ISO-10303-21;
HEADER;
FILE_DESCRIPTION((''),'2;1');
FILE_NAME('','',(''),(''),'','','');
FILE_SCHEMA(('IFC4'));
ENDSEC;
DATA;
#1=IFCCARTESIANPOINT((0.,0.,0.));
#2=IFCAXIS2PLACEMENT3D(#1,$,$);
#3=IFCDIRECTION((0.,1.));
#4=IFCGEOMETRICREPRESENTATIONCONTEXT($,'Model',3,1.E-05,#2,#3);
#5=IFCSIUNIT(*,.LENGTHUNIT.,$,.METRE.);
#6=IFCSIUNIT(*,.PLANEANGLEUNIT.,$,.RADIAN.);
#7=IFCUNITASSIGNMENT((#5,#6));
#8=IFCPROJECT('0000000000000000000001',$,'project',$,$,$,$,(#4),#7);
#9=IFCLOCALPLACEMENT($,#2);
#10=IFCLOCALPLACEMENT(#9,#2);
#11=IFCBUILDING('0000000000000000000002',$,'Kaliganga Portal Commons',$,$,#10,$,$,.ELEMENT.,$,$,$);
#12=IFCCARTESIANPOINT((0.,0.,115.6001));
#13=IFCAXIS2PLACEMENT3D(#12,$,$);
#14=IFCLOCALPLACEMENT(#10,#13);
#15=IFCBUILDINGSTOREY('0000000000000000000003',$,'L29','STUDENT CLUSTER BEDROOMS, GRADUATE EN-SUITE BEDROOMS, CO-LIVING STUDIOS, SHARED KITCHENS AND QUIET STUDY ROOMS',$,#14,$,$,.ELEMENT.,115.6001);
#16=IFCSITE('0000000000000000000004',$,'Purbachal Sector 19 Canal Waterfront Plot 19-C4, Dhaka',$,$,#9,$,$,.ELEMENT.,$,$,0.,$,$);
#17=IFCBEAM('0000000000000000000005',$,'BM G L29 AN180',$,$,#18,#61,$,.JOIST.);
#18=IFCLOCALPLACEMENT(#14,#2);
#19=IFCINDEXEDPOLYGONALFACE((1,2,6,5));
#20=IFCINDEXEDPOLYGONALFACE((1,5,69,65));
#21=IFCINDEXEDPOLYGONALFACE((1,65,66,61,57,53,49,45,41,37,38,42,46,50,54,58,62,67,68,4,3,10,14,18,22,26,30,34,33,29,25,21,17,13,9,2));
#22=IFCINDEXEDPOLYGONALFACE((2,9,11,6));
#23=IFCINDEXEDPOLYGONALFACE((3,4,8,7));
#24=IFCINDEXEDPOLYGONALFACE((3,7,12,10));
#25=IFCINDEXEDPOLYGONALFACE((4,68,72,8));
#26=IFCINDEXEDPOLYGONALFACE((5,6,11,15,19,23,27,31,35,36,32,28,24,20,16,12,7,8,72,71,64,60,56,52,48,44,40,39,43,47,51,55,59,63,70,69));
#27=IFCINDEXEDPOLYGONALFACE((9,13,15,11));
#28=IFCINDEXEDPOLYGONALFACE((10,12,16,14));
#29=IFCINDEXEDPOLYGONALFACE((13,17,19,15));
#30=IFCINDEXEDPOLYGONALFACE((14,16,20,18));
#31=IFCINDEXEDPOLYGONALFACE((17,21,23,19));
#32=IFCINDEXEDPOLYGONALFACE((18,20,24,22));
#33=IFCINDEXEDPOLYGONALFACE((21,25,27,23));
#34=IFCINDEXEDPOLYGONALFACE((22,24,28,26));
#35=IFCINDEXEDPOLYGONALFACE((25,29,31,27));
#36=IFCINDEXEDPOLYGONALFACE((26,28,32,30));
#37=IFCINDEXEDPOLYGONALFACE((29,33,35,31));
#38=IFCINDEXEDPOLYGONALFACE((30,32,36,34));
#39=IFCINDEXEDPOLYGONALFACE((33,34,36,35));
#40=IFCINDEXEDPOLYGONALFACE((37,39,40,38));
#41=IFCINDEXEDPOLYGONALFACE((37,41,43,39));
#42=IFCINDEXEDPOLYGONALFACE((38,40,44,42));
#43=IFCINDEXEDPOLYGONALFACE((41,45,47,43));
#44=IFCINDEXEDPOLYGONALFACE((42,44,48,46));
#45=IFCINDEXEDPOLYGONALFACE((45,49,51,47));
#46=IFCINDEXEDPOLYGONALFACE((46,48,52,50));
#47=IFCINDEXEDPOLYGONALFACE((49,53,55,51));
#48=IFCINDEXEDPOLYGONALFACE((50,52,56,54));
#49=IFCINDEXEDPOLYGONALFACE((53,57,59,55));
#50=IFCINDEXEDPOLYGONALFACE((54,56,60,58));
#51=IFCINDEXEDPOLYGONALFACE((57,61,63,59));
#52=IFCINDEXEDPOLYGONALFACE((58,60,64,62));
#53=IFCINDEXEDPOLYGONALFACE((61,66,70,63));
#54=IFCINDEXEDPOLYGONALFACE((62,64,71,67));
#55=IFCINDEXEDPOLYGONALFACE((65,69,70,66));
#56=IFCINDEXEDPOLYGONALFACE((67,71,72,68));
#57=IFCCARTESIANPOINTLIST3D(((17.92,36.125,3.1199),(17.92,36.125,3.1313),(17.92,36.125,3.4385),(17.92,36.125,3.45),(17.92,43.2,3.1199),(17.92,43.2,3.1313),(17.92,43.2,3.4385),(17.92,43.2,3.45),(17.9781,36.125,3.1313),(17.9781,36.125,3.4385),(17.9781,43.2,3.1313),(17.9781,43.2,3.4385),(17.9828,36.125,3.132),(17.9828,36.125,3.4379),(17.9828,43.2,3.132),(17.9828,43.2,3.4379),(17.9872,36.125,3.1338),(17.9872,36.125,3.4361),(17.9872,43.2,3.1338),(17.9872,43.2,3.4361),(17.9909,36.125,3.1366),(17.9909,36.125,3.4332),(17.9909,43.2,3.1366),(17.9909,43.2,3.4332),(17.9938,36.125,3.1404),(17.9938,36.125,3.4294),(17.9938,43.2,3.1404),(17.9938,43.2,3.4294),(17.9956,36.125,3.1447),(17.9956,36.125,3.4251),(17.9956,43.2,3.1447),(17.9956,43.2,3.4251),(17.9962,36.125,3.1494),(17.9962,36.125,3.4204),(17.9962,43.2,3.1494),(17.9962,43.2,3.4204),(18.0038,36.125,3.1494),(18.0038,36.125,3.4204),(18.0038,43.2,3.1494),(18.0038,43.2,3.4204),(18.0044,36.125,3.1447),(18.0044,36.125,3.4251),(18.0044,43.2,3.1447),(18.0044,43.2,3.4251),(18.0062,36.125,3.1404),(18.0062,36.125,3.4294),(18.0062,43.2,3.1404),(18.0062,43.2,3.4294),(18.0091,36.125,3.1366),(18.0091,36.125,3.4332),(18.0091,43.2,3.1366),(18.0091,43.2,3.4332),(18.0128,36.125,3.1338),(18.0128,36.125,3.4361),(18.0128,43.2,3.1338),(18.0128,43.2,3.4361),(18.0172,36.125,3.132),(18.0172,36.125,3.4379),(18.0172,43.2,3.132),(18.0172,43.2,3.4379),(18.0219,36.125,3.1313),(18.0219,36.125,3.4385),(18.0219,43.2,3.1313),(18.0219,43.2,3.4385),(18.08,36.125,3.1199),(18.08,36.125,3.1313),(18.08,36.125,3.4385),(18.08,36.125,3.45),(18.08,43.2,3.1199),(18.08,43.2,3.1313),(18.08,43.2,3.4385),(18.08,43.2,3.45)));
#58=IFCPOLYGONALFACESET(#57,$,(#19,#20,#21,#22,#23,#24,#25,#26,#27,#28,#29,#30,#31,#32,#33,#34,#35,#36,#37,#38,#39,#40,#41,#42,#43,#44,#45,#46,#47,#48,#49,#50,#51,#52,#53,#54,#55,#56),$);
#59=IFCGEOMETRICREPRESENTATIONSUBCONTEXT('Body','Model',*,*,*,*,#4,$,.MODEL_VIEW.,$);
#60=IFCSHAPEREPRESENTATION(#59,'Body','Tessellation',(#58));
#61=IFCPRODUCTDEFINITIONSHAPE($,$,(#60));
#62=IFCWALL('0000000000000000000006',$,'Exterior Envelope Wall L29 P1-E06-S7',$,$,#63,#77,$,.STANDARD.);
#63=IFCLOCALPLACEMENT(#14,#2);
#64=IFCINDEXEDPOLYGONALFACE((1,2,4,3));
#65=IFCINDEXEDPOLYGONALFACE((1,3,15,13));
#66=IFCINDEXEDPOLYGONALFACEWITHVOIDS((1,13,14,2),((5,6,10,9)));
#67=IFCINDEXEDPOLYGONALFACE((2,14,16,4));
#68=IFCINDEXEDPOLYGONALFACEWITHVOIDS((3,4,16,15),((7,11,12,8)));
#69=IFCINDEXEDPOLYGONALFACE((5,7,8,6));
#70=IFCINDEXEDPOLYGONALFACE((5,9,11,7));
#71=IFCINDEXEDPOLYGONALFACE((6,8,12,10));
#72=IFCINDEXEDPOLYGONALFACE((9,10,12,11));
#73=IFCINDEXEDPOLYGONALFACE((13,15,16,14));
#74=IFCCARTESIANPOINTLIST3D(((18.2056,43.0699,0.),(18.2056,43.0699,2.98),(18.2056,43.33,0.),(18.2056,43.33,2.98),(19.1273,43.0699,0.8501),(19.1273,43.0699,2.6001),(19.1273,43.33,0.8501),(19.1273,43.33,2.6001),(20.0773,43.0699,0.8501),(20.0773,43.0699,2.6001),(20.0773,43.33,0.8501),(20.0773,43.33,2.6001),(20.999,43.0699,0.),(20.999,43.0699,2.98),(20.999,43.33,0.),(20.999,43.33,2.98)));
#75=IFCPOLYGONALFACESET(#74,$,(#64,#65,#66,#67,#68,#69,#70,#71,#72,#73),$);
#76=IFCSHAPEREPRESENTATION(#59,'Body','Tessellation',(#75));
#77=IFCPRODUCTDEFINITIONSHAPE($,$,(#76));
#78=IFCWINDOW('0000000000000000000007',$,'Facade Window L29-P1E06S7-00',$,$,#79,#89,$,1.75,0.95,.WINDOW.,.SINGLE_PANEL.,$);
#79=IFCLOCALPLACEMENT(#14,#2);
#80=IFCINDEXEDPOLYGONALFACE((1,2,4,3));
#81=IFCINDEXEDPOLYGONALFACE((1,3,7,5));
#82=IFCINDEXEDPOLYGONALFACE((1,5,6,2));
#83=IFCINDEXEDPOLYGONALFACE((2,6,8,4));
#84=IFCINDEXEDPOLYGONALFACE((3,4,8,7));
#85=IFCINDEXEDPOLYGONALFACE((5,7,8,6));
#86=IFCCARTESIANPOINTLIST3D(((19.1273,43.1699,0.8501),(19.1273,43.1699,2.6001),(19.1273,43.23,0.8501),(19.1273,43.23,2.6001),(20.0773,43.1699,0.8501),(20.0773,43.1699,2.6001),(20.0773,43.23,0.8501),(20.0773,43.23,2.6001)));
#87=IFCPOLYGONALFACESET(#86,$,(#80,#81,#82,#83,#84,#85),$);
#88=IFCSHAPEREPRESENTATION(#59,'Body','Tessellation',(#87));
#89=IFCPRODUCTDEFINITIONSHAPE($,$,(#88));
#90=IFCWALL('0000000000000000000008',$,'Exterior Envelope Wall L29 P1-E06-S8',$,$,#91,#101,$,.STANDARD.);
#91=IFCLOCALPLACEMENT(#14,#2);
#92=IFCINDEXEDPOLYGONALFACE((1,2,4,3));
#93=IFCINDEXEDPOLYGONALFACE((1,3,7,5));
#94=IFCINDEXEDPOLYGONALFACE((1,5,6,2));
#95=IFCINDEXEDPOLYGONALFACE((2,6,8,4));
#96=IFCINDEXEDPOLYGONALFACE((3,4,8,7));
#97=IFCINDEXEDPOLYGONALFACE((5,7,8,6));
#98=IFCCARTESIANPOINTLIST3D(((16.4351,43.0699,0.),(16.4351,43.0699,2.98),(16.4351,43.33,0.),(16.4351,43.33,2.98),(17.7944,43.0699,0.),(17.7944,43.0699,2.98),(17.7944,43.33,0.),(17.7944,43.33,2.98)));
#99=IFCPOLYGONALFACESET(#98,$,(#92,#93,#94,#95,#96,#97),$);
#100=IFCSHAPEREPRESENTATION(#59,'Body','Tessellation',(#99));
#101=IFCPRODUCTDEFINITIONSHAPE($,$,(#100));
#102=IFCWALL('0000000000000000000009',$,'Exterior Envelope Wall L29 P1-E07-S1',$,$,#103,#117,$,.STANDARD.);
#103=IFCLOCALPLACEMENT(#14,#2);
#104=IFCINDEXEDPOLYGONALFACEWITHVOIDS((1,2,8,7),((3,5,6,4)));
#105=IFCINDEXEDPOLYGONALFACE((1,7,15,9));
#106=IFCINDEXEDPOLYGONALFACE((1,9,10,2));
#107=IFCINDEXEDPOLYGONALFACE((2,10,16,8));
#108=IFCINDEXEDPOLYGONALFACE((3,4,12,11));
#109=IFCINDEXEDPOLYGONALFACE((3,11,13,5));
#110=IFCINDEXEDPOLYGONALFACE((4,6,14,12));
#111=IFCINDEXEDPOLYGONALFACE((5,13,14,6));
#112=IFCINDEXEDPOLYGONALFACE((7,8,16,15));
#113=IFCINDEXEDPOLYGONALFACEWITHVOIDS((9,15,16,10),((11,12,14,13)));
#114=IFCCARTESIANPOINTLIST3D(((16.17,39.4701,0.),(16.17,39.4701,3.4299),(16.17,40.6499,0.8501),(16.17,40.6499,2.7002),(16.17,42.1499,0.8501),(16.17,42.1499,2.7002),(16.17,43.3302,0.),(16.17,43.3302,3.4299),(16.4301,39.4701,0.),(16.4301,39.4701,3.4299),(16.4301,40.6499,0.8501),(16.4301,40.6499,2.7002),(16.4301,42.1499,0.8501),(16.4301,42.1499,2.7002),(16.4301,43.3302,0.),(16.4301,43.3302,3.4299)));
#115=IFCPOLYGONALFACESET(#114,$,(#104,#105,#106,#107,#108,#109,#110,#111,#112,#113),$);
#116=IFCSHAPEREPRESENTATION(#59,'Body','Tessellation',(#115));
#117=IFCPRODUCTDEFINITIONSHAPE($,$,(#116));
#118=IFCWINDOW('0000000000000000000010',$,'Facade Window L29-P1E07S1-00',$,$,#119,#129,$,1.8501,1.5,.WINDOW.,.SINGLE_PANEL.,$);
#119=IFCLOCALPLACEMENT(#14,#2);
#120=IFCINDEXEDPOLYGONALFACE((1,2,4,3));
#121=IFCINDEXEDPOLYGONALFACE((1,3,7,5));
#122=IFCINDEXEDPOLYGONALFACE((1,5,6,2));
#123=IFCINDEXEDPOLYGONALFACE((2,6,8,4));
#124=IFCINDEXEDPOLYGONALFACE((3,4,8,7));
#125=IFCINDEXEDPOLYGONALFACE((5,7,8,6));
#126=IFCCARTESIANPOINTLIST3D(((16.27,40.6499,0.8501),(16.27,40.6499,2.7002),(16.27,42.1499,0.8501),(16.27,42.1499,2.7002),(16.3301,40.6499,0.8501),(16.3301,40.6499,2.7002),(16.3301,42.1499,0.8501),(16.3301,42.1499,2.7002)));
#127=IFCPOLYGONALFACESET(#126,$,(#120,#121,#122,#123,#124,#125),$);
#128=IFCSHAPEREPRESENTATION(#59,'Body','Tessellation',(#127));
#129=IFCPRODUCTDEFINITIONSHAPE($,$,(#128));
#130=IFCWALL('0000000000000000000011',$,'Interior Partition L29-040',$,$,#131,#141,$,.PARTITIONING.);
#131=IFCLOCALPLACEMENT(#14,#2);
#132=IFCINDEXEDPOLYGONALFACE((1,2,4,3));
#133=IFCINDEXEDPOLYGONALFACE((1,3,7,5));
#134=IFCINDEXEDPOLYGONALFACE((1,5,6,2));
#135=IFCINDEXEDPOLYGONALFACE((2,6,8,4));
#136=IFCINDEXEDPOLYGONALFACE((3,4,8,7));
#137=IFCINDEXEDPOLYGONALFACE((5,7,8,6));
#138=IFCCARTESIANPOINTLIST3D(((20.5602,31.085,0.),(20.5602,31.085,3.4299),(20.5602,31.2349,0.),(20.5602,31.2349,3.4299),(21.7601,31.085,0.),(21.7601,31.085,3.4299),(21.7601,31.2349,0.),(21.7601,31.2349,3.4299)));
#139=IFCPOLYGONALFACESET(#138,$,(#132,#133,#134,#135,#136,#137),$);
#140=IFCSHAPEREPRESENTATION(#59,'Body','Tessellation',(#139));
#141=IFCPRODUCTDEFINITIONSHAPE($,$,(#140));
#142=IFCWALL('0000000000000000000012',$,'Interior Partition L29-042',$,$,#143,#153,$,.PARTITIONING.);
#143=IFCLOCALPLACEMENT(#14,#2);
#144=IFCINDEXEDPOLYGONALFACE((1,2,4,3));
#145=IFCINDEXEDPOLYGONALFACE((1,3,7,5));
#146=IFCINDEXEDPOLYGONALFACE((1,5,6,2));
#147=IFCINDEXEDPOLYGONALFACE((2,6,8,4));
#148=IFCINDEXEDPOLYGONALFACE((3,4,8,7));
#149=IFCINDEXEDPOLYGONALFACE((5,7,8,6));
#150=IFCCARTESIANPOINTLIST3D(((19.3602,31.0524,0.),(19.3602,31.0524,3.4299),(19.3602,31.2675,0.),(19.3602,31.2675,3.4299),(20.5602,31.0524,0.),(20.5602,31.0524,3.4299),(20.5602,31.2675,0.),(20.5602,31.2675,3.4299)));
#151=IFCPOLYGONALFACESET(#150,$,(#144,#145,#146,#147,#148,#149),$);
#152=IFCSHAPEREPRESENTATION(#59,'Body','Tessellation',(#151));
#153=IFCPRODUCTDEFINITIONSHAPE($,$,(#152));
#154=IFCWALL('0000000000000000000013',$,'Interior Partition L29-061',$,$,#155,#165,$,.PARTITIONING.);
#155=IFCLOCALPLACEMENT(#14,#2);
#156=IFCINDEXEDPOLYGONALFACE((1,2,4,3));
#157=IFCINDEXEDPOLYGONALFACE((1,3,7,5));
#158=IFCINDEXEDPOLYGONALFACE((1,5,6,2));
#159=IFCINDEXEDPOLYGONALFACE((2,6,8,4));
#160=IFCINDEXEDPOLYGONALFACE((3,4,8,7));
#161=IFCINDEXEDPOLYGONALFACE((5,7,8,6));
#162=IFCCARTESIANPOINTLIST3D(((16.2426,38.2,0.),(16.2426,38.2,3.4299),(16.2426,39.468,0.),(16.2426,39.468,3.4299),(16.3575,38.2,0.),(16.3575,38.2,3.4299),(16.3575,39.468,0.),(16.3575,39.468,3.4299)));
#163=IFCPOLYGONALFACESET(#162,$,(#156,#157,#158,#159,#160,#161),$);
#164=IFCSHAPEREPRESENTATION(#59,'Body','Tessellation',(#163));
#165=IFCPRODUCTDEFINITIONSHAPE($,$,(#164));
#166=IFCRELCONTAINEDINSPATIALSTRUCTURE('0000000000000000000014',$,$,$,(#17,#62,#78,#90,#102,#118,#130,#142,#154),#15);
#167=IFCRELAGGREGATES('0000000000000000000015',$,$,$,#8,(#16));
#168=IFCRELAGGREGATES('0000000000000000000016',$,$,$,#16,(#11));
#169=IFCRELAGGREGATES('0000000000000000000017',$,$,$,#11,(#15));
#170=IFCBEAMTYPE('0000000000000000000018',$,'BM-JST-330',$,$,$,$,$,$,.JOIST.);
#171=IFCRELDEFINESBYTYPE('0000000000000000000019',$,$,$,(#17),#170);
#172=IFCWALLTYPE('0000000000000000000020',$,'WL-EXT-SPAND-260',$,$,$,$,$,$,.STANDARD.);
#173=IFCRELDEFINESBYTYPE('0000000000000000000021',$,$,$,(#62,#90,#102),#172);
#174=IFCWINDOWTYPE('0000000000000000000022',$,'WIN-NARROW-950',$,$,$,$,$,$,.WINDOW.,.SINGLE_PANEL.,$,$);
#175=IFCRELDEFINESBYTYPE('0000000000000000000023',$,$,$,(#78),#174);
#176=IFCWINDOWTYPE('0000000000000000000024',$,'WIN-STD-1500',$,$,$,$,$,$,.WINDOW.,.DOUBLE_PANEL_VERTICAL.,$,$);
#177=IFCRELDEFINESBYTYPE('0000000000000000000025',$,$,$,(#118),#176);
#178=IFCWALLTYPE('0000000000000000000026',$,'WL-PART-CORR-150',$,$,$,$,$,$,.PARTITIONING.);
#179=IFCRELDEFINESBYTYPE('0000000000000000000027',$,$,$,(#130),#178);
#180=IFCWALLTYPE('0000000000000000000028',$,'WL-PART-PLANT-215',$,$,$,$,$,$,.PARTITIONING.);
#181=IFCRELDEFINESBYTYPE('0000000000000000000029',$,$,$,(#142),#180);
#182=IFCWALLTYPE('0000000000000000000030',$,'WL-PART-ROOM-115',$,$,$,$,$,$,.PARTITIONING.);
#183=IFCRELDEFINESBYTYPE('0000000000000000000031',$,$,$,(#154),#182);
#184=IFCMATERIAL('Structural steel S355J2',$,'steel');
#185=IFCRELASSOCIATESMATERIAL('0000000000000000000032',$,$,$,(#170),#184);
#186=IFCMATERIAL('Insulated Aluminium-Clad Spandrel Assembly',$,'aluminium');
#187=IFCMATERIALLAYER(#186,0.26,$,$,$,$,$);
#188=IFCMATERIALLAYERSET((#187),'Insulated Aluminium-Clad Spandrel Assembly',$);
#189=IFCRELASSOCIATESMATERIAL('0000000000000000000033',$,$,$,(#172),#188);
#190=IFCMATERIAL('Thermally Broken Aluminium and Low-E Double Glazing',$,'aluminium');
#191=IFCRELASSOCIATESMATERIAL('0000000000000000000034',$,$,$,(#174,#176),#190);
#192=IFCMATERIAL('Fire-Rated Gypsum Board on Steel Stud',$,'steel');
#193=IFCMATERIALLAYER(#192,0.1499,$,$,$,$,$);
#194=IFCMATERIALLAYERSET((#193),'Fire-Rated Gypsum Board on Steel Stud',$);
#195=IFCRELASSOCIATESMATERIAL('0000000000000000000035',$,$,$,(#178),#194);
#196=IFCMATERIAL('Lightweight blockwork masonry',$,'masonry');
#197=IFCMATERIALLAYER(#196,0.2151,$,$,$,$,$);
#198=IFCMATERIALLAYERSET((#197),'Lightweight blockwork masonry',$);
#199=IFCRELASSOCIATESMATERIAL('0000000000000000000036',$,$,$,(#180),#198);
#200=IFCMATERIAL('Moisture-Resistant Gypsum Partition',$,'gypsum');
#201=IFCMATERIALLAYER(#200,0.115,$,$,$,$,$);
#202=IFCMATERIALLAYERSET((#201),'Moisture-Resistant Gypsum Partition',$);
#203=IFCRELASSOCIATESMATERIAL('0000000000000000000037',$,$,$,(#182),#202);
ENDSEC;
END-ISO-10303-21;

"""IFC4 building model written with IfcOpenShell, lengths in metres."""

from ifc_helpers import new_model, si_unit, direction, frame, frame_2d, origin, origin_2d, place, context, subcontext, project, spatial, rectangle, i_section, extrude, source, transform, mapped, material, layer, layer_set, material_profile, profile_set, type_object, element, fill, save


model = new_model("IFC4")

# Units and contexts
model_context = context("Model", 3, precision=1e-05, world=origin(), true_north=direction((0.0, 1.0)))
body_context = subcontext(model_context, "Body", "Model", "MODEL_VIEW")
ifc_project = project(units=[si_unit("LENGTHUNIT", "METRE"), si_unit("PLANEANGLEUNIT", "RADIAN")], contexts=[model_context])

# Site, building, storey
site_placement = place(None, origin())
site = spatial("IfcSite", under=ifc_project, at=site_placement, Name="Purbachal Sector 19 Canal Waterfront Plot 19-C4, Dhaka", CompositionType="ELEMENT", RefElevation=0.0)
building_placement = place(site_placement, origin())
building = spatial("IfcBuilding", under=site, at=building_placement, Name="Kaliganga Portal Commons", CompositionType="ELEMENT")
storey_placement = place(building_placement, frame((0.0, 0.0, 115.6001)))
storey = spatial("IfcBuildingStorey", under=building, at=storey_placement, Name="L29", Description="STUDENT CLUSTER BEDROOMS, GRADUATE EN-SUITE BEDROOMS, CO-LIVING STUDIOS, SHARED KITCHENS AND QUIET STUDY ROOMS", CompositionType="ELEMENT", Elevation=115.6001)

# Beam
ifc_material_1 = material(Name="Structural steel S355J2", Category="steel")
ifc_material_profile_1 = material_profile(ifc_material_1, i_section(OverallWidth=0.1599, OverallDepth=0.3301, WebThickness=0.0076, FlangeThickness=0.0115, FilletRadius=0.0181, at=origin_2d()), Name="IPE 330")
ifc_profile_set_1 = profile_set([ifc_material_profile_1], Name="Structural steel S355J2 wide-flange")
beam_type_1 = type_object("IfcBeamType", Name="BM-JST-330", PredefinedType="JOIST", material=ifc_profile_set_1)
shared_shape_1 = source(origin(), body_context, "Body", "SweptSolid", [
    extrude(i_section(OverallWidth=0.1599, OverallDepth=0.3301, WebThickness=0.0076, FlangeThickness=0.0115, FilletRadius=0.0181, at=origin_2d()), origin(), (0.0, 0.0, 1.0), 7.075),
])
beam_1_placement = place(storey_placement, frame((18.0, 36.125, 3.2849), z_axis=(0.0, 1.0, 0.0), x_axis=(-1.0, 0.0, 0.0)))
element("IfcBeam", 1, at=beam_1_placement, inside=storey, type_object=beam_type_1, Name="BM G L29 AN180", PredefinedType="JOIST", context=body_context, shape_type="MappedRepresentation", body=[
    mapped(shared_shape_1, transform((0.0, 0.0, 0.0), x_axis=(1.0, 0.0, 0.0), y_axis=(0.0, 1.0, 0.0), z_axis=(0.0, 0.0, 1.0), scale=1.0)),
])

# Wall, opening, window
ifc_material_2 = material(Name="Insulated Aluminium-Clad Spandrel Assembly", Category="aluminium")
ifc_layer_1 = layer(ifc_material_2, 0.26)
ifc_layer_set_1 = layer_set([ifc_layer_1], Name="Insulated Aluminium-Clad Spandrel Assembly")
wall_type_1 = type_object("IfcWallType", Name="WL-EXT-SPAND-260", PredefinedType="STANDARD", material=ifc_layer_set_1)
wall_1_placement = place(storey_placement, frame((18.2056, 43.2, 0.0), z_axis=(0.0, 0.0, 1.0), x_axis=(1.0, 0.0, 0.0)))
wall_1 = element("IfcWall", 2, at=wall_1_placement, inside=storey, type_object=wall_type_1, Name="Exterior Envelope Wall L29 P1-E06-S7", PredefinedType="STANDARD", context=body_context, shape_type="SweptSolid", body=[
    extrude(rectangle(XDim=2.7935, YDim=0.26, at=frame_2d((1.3967, 0.0))), origin(), (0.0, 0.0, 1.0), 2.98),
])
opening_1_placement = place(wall_1_placement, frame((0.9216, 0.0, 0.8501)))
opening_1 = element("IfcOpeningElement", 3, at=opening_1_placement, cuts=wall_1, PredefinedType="OPENING", context=body_context, shape_type="SweptSolid", body=[
    extrude(rectangle(XDim=0.95, YDim=1.75, at=frame_2d((0.4751, 0.875))), frame((0.0, 0.1401, 0.0), z_axis=(0.0, -1.0, 0.0), x_axis=(1.0, 0.0, 0.0)), (0.0, 0.0, 1.0), 0.28),
])
ifc_material_3 = material(Name="Thermally Broken Aluminium and Low-E Double Glazing", Category="aluminium")
window_type_1 = type_object("IfcWindowType", Name="WIN-NARROW-950", PartitioningType="SINGLE_PANEL", PredefinedType="WINDOW", material=ifc_material_3)
window_1_placement = place(opening_1_placement, origin())
window_1 = element("IfcWindow", 4, at=window_1_placement, inside=storey, type_object=window_type_1, Name="Facade Window L29-P1E06S7-00", OverallHeight=1.75, OverallWidth=0.95, PartitioningType="SINGLE_PANEL", PredefinedType="WINDOW", context=body_context, shape_type="SweptSolid", body=[
    extrude(rectangle(XDim=0.95, YDim=1.75, at=frame_2d((0.4751, 0.875))), frame((0.0, 0.03, 0.0), z_axis=(0.0, -1.0, 0.0), x_axis=(1.0, 0.0, 0.0)), (0.0, 0.0, 1.0), 0.0601),
])
fill(opening_1, window_1)

# Wall
wall_2_placement = place(storey_placement, frame((16.4351, 43.2, 0.0), z_axis=(0.0, 0.0, 1.0), x_axis=(1.0, 0.0, 0.0)))
element("IfcWall", 5, at=wall_2_placement, inside=storey, type_object=wall_type_1, Name="Exterior Envelope Wall L29 P1-E06-S8", PredefinedType="STANDARD", context=body_context, shape_type="SweptSolid", body=[
    extrude(rectangle(XDim=1.3594, YDim=0.26, at=frame_2d((0.6797, 0.0))), origin(), (0.0, 0.0, 1.0), 2.98),
])

# Wall, opening, window
wall_3_placement = place(storey_placement, frame((16.3, 39.47, 0.0), z_axis=(0.0, 0.0, 1.0), x_axis=(0.0, 1.0, 0.0)))
wall_3 = element("IfcWall", 6, at=wall_3_placement, inside=storey, type_object=wall_type_1, Name="Exterior Envelope Wall L29 P1-E07-S1", PredefinedType="STANDARD", context=body_context, shape_type="SweptSolid", body=[
    extrude(rectangle(XDim=3.8601, YDim=0.26, at=frame_2d((1.9302, 0.0))), origin(), (0.0, 0.0, 1.0), 3.4299),
])
opening_2_placement = place(wall_3_placement, frame((1.1799, 0.0, 0.8501)))
opening_2 = element("IfcOpeningElement", 7, at=opening_2_placement, cuts=wall_3, PredefinedType="OPENING", context=body_context, shape_type="SweptSolid", body=[
    extrude(rectangle(XDim=1.5, YDim=1.8501, at=frame_2d((0.75, 0.925))), frame((0.0, 0.1401, 0.0), z_axis=(0.0, -1.0, 0.0), x_axis=(1.0, 0.0, 0.0)), (0.0, 0.0, 1.0), 0.28),
])
window_type_2 = type_object("IfcWindowType", Name="WIN-STD-1500", PartitioningType="DOUBLE_PANEL_VERTICAL", PredefinedType="WINDOW", material=ifc_material_3)
window_2_placement = place(opening_2_placement, origin())
window_2 = element("IfcWindow", 8, at=window_2_placement, inside=storey, type_object=window_type_2, Name="Facade Window L29-P1E07S1-00", OverallHeight=1.8501, OverallWidth=1.5, PartitioningType="SINGLE_PANEL", PredefinedType="WINDOW", context=body_context, shape_type="SweptSolid", body=[
    extrude(rectangle(XDim=1.5, YDim=1.8501, at=frame_2d((0.75, 0.925))), frame((0.0, 0.03, 0.0), z_axis=(0.0, -1.0, 0.0), x_axis=(1.0, 0.0, 0.0)), (0.0, 0.0, 1.0), 0.0601),
])
fill(opening_2, window_2)

# Walls
ifc_material_4 = material(Name="Fire-Rated Gypsum Board on Steel Stud", Category="steel")
ifc_layer_2 = layer(ifc_material_4, 0.1499)
ifc_layer_set_2 = layer_set([ifc_layer_2], Name="Fire-Rated Gypsum Board on Steel Stud")
wall_type_2 = type_object("IfcWallType", Name="WL-PART-CORR-150", PredefinedType="PARTITIONING", material=ifc_layer_set_2)
wall_4_placement = place(storey_placement, frame((20.5601, 31.1599, 0.0), z_axis=(0.0, 0.0, 1.0), x_axis=(1.0, 0.0, 0.0)))
element("IfcWall", 9, at=wall_4_placement, inside=storey, type_object=wall_type_2, Name="Interior Partition L29-040", PredefinedType="PARTITIONING", context=body_context, shape_type="SweptSolid", body=[
    extrude(rectangle(XDim=1.2, YDim=0.1499, at=frame_2d((0.6001, 0.0))), origin(), (0.0, 0.0, 1.0), 3.4299),
])
ifc_material_5 = material(Name="Lightweight blockwork masonry", Category="masonry")
ifc_layer_3 = layer(ifc_material_5, 0.2151)
ifc_layer_set_3 = layer_set([ifc_layer_3], Name="Lightweight blockwork masonry")
wall_type_3 = type_object("IfcWallType", Name="WL-PART-PLANT-215", PredefinedType="PARTITIONING", material=ifc_layer_set_3)
wall_5_placement = place(storey_placement, frame((19.3601, 31.1599, 0.0), z_axis=(0.0, 0.0, 1.0), x_axis=(1.0, 0.0, 0.0)))
element("IfcWall", 10, at=wall_5_placement, inside=storey, type_object=wall_type_3, Name="Interior Partition L29-042", PredefinedType="PARTITIONING", context=body_context, shape_type="SweptSolid", body=[
    extrude(rectangle(XDim=1.2, YDim=0.2151, at=frame_2d((0.6001, 0.0))), origin(), (0.0, 0.0, 1.0), 3.4299),
])
ifc_material_6 = material(Name="Moisture-Resistant Gypsum Partition", Category="gypsum")
ifc_layer_4 = layer(ifc_material_6, 0.115)
ifc_layer_set_4 = layer_set([ifc_layer_4], Name="Moisture-Resistant Gypsum Partition")
wall_type_4 = type_object("IfcWallType", Name="WL-PART-ROOM-115", PredefinedType="PARTITIONING", material=ifc_layer_set_4)
wall_6_placement = place(storey_placement, frame((16.3, 38.2, 0.0), z_axis=(0.0, 0.0, 1.0), x_axis=(0.0, 1.0, 0.0)))
element("IfcWall", 11, at=wall_6_placement, inside=storey, type_object=wall_type_4, Name="Interior Partition L29-061", PredefinedType="PARTITIONING", context=body_context, shape_type="SweptSolid", body=[
    extrude(rectangle(XDim=1.2681, YDim=0.115, at=frame_2d((0.634, 0.0))), origin(), (0.0, 0.0, 1.0), 3.4299),
])

save(model, "model.ifc")
